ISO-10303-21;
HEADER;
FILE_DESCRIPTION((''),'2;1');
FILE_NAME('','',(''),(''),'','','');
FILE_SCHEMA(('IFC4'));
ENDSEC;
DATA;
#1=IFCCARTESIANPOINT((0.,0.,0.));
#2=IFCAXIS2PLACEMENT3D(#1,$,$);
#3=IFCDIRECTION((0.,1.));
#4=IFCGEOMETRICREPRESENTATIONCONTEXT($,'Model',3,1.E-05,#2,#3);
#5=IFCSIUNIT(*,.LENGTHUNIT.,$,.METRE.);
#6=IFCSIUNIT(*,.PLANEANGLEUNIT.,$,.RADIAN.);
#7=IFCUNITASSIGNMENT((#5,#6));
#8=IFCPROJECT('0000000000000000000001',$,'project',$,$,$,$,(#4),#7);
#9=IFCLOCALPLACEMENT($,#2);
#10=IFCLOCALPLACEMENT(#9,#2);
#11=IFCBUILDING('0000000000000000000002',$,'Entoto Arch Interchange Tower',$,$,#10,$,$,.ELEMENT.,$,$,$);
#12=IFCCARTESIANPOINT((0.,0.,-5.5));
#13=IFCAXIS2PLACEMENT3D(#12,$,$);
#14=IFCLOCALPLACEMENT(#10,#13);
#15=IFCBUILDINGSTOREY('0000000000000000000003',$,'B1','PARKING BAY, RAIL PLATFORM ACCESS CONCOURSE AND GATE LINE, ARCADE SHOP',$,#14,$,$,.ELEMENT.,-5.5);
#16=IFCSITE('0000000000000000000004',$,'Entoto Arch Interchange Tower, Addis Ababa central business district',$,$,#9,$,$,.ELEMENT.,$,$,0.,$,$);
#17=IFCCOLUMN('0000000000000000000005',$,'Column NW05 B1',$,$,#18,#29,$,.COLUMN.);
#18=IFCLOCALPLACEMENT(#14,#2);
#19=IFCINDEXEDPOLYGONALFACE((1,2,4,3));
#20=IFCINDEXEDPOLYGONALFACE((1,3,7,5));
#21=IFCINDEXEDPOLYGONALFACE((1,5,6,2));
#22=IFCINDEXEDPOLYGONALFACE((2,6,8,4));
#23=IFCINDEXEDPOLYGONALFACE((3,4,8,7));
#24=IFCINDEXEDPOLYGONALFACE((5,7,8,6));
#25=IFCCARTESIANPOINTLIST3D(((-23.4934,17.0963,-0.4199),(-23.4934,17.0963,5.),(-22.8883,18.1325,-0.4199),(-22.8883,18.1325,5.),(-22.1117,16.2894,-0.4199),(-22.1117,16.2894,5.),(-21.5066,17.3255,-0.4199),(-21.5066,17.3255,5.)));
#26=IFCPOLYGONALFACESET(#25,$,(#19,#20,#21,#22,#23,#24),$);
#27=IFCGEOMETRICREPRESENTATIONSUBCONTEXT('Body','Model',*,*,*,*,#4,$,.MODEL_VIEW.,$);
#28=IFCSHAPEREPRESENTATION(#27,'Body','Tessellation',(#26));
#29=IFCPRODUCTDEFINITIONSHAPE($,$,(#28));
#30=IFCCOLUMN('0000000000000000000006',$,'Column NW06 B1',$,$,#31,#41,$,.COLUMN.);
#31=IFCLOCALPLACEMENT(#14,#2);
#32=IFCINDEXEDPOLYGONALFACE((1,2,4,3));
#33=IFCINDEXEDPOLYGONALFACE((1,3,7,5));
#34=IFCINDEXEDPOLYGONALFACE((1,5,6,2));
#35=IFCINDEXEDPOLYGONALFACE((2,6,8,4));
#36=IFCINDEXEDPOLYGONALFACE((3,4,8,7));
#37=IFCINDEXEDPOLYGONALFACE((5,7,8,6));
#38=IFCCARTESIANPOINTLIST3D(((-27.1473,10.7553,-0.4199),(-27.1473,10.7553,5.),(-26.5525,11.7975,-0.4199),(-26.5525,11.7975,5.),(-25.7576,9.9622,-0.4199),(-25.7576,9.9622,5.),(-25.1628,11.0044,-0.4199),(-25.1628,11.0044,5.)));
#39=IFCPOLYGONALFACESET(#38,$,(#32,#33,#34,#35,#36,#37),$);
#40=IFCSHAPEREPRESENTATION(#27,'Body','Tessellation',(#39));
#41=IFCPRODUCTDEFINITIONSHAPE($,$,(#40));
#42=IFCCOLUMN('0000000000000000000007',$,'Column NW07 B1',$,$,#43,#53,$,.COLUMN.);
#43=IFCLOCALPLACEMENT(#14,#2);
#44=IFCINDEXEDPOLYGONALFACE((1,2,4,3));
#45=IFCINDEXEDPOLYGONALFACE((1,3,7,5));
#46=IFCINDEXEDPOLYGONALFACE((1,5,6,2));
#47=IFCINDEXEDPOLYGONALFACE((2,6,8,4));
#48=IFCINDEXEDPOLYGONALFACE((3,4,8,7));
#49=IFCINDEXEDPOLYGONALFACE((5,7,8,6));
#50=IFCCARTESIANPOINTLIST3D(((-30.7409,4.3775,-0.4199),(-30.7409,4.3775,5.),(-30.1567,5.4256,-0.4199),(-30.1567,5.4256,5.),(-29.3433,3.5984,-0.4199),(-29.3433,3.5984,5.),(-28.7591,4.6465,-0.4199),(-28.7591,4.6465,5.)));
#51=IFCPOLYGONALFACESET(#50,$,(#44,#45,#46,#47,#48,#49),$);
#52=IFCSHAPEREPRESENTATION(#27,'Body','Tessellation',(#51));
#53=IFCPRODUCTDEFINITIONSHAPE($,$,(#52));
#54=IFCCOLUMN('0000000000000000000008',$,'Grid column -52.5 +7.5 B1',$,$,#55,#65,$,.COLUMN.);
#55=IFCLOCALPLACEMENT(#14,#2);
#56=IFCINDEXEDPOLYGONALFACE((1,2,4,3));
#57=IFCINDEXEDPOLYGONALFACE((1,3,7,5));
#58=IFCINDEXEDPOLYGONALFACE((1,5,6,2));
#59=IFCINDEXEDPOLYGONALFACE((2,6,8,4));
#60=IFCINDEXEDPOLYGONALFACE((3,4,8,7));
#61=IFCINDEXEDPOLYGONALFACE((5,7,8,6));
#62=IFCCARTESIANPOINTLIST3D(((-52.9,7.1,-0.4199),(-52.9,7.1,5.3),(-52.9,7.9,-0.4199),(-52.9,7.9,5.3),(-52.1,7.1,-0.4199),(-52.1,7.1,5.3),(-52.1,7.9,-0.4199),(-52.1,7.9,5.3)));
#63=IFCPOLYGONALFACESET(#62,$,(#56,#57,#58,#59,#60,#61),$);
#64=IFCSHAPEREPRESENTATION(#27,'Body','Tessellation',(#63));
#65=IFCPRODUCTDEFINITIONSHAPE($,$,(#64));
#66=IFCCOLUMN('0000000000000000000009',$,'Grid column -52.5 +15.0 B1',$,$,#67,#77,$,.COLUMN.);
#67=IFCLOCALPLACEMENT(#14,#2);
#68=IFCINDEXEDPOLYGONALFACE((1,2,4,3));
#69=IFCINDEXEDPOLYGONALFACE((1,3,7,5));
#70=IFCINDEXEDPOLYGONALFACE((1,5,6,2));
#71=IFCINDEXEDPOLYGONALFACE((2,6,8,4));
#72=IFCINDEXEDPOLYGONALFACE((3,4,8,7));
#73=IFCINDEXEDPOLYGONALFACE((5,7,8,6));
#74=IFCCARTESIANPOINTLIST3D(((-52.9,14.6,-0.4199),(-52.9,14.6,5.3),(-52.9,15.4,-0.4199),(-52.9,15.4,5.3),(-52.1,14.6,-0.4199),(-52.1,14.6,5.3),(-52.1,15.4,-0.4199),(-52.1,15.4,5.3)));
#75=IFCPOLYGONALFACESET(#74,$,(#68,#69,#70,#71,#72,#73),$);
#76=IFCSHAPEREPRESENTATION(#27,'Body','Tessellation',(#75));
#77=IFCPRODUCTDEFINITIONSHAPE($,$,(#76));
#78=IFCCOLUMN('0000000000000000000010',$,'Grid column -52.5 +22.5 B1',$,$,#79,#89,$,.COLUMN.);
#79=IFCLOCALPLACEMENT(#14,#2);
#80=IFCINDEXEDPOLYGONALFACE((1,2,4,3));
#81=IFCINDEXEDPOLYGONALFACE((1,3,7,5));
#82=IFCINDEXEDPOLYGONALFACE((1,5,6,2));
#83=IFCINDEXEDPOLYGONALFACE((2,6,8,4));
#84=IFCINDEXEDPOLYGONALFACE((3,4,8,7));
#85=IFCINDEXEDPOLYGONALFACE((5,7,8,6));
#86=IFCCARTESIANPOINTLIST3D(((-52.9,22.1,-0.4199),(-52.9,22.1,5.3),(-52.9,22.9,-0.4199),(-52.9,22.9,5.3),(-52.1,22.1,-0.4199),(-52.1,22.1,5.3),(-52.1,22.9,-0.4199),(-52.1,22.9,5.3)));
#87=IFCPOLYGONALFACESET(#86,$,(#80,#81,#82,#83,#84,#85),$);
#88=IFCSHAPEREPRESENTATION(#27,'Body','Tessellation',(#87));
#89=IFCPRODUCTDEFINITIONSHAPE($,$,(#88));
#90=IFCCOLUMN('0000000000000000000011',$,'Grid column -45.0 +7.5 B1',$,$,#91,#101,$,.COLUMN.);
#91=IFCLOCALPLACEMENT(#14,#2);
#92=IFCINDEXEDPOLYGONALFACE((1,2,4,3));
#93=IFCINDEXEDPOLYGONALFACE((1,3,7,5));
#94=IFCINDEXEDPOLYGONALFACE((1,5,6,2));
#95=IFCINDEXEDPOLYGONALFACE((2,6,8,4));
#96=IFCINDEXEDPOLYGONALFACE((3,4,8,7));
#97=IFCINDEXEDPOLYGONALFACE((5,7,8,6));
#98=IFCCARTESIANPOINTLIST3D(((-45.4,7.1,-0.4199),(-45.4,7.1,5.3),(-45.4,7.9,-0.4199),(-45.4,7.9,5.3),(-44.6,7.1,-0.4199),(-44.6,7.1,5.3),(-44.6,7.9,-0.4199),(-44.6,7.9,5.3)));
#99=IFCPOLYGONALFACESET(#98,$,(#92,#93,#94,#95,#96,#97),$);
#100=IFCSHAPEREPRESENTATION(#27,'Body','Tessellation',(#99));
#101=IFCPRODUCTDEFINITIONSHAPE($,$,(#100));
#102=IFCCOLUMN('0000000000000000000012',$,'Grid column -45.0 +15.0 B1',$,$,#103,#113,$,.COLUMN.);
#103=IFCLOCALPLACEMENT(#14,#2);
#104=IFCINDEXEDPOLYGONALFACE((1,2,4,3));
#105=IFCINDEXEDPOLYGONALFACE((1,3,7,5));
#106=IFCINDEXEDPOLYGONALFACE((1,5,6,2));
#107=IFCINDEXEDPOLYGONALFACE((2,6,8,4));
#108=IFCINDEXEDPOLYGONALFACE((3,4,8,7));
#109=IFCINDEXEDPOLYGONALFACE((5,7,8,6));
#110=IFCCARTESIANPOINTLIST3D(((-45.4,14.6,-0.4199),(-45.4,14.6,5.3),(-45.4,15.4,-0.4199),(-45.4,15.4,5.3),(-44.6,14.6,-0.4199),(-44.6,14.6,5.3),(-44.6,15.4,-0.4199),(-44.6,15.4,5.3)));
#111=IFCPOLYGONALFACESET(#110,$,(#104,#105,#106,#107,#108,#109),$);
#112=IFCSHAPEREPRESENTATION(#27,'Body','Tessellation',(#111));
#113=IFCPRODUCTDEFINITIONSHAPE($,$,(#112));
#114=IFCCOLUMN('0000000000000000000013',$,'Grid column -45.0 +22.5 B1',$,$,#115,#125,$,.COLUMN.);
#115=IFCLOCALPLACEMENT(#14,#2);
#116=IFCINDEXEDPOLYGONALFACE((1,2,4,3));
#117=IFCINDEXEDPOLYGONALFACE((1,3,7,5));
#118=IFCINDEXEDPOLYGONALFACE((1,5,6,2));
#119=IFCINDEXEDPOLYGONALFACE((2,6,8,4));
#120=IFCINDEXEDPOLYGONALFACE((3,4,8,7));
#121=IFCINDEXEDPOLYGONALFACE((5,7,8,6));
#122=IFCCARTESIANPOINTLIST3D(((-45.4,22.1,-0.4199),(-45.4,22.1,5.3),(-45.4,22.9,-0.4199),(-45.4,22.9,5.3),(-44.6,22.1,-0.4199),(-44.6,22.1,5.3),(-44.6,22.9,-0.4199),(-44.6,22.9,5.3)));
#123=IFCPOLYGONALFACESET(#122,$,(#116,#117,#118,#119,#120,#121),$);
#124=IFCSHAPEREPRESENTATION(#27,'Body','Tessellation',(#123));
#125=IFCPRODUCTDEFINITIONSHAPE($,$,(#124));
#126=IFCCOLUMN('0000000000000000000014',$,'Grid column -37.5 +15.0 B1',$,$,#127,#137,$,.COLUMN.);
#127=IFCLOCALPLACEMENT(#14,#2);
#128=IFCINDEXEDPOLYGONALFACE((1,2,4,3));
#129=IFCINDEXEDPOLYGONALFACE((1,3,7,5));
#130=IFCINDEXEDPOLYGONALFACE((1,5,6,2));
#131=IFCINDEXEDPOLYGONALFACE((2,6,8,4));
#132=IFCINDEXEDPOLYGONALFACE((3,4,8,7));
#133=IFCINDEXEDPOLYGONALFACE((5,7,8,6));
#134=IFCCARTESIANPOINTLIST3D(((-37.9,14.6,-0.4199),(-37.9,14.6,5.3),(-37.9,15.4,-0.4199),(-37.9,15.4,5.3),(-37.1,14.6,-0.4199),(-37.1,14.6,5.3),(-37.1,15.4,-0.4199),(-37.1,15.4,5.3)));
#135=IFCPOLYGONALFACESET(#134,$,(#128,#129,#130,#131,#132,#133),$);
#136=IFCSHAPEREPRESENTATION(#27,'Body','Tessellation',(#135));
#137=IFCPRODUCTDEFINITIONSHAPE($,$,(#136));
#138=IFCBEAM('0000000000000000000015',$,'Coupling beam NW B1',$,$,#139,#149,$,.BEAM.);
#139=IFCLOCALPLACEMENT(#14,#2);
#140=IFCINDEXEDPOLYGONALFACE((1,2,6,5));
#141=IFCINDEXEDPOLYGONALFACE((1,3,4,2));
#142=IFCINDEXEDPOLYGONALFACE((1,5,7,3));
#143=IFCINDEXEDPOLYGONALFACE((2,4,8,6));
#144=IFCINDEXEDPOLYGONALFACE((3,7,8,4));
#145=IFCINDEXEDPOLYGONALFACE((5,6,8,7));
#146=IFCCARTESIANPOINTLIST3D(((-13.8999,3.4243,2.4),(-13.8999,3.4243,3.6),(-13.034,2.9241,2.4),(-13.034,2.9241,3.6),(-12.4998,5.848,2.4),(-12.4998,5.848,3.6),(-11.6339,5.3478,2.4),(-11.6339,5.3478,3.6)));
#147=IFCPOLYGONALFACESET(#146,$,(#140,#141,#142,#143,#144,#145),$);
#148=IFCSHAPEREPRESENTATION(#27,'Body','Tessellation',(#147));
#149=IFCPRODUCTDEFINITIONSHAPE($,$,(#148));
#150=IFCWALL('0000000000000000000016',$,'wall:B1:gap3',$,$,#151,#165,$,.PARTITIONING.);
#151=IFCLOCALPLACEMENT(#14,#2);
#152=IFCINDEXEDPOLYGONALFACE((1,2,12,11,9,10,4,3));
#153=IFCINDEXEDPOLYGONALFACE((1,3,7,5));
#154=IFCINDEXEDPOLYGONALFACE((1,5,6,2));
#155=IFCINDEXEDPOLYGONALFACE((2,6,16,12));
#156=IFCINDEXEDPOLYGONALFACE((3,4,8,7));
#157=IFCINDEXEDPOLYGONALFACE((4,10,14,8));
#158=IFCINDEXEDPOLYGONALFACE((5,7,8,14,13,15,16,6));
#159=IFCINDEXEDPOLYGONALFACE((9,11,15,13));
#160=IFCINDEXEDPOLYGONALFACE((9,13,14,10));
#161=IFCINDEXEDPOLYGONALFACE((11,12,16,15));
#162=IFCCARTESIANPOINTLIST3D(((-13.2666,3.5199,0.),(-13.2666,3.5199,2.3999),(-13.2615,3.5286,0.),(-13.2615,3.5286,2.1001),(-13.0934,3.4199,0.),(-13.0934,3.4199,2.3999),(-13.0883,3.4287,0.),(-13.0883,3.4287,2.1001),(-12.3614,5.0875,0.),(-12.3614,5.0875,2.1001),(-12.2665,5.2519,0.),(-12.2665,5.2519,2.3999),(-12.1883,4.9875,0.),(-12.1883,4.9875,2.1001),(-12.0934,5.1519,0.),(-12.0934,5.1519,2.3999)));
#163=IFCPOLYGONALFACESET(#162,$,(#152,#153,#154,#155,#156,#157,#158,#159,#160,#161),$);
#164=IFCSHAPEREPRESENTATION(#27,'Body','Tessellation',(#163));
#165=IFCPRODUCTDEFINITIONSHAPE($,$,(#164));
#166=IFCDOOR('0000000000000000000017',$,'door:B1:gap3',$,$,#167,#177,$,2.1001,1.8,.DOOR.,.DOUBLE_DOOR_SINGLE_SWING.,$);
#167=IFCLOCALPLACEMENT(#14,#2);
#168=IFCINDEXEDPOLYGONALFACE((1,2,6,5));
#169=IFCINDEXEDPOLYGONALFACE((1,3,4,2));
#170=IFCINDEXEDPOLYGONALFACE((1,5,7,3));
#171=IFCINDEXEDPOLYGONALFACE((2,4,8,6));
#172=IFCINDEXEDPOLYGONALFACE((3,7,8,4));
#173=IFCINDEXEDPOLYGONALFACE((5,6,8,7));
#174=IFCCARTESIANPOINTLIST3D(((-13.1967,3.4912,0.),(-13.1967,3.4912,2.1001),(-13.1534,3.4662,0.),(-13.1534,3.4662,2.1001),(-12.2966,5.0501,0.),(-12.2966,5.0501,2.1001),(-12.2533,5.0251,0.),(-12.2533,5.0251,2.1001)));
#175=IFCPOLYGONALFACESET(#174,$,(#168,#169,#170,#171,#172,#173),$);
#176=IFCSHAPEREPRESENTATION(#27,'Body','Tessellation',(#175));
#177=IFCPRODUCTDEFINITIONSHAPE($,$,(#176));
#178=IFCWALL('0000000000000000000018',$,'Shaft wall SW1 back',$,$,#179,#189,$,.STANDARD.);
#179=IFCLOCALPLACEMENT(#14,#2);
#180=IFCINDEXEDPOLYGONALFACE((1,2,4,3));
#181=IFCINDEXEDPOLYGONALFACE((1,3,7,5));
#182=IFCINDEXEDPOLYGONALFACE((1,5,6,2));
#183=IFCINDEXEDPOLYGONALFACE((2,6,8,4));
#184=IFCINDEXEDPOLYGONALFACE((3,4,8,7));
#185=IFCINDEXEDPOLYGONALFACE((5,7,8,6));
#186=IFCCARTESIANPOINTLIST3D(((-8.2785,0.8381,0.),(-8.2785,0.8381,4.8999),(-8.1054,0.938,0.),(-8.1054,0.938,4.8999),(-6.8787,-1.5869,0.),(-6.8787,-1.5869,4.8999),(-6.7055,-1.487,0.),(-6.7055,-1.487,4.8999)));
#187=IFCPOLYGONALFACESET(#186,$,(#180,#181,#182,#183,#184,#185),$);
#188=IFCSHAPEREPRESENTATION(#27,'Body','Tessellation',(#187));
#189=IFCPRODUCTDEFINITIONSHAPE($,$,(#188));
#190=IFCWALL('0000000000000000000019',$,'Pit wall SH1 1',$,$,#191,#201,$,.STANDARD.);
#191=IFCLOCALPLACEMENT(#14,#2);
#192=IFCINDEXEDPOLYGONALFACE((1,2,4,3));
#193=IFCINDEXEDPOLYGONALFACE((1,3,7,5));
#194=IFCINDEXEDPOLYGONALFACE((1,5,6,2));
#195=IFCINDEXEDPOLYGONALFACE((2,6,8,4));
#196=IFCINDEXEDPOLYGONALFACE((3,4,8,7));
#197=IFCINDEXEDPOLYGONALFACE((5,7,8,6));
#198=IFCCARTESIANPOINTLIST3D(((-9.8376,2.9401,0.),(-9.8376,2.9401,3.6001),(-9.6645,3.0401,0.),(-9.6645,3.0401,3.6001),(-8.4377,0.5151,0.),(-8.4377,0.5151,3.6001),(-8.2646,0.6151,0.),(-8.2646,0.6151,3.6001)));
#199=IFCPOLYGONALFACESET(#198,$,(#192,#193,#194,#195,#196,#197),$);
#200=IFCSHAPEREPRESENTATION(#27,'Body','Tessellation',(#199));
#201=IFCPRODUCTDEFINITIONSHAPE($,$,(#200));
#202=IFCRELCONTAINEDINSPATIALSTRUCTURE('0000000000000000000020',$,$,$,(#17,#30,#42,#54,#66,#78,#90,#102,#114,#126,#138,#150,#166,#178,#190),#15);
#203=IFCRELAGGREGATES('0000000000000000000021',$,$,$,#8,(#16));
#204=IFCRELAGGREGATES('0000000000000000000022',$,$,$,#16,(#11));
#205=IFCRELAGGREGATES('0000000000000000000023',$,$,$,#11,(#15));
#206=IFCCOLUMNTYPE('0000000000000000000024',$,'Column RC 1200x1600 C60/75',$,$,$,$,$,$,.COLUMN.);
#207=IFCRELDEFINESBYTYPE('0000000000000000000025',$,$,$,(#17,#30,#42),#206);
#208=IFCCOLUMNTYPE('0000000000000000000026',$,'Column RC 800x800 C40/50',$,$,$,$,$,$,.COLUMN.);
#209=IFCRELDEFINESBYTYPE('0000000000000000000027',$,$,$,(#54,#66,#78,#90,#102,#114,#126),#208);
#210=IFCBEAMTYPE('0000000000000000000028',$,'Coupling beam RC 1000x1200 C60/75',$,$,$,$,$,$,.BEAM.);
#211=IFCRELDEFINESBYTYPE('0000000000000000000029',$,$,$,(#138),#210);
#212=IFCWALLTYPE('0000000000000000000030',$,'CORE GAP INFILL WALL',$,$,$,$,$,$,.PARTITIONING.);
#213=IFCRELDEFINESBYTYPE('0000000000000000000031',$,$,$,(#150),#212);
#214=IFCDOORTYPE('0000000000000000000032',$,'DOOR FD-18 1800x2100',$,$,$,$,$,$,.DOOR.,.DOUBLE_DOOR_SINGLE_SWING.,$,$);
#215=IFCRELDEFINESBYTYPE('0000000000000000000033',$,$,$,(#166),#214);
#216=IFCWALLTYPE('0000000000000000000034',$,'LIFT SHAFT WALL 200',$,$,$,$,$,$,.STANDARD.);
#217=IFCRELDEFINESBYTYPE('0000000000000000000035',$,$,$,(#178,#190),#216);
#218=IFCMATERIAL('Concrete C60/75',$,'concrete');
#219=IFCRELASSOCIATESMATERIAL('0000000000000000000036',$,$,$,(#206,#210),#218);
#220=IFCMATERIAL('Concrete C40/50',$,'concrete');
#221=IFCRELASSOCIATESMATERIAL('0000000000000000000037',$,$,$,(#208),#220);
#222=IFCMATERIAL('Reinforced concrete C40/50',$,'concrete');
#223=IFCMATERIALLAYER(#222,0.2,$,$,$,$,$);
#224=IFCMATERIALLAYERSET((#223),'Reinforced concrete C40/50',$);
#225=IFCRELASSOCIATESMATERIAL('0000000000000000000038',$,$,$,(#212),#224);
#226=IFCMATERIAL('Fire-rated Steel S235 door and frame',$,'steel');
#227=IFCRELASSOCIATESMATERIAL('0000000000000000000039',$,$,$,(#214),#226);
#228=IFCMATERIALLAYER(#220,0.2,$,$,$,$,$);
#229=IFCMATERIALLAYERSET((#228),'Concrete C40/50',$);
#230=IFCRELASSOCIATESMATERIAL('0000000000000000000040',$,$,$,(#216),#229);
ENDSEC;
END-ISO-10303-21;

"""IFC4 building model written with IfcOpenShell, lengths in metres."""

from ifc_helpers import new_model, si_unit, direction, frame, frame_2d, origin, origin_2d, place, context, subcontext, project, spatial, rectangle, extrude, material, layer, layer_set, material_profile, profile_set, type_object, element, fill, save


model = new_model("IFC4")

# Units and contexts
model_context = context("Model", 3, precision=1e-05, world=origin(), true_north=direction((0.0, 1.0)))
body_context = subcontext(model_context, "Body", "Model", "MODEL_VIEW")
ifc_project = project(units=[si_unit("LENGTHUNIT", "METRE"), si_unit("PLANEANGLEUNIT", "RADIAN")], contexts=[model_context])

# Site, building, storey
site_placement = place(None, origin())
site = spatial("IfcSite", under=ifc_project, at=site_placement, Name="Entoto Arch Interchange Tower, Addis Ababa central business district", CompositionType="ELEMENT", RefElevation=0.0)
building_placement = place(site_placement, origin())
building = spatial("IfcBuilding", under=site, at=building_placement, Name="Entoto Arch Interchange Tower", CompositionType="ELEMENT")
storey_placement = place(building_placement, frame((0.0, 0.0, -5.5)))
storey = spatial("IfcBuildingStorey", under=building, at=storey_placement, Name="B1", Description="PARKING BAY, RAIL PLATFORM ACCESS CONCOURSE AND GATE LINE, ARCADE SHOP", CompositionType="ELEMENT", Elevation=-5.5)

# Columns
ifc_material_1 = material(Name="Concrete C60/75", Category="concrete")
ifc_material_profile_1 = material_profile(ifc_material_1, rectangle(XDim=1.2, YDim=1.6001, at=origin_2d()))
ifc_profile_set_1 = profile_set([ifc_material_profile_1], Name="Concrete C60/75")
column_type_1 = type_object("IfcColumnType", Name="Column RC 1200x1600 C60/75", PredefinedType="COLUMN", material=ifc_profile_set_1)
for number, where, z_axis, x_axis, name in (
    (1, (-22.5, 17.2109, -0.4199), (0.0, 0.0, 1.0), (0.504332, 0.86351, 0.0), "Column NW05 B1"),
    (2, (-26.155, 10.8799, -0.4199), (0.0, 0.0, 1.0), (0.495656, 0.868519, 0.0), "Column NW06 B1"),
    (3, (-29.75, 4.512, -0.4199), (0.0, 0.0, 1.0), (0.486915, 0.873449, 0.0), "Column NW07 B1"),
):
    element("IfcColumn", number, at=place(storey_placement, frame(where, z_axis=z_axis, x_axis=x_axis)), inside=storey, type_object=column_type_1, Name=name, PredefinedType="COLUMN", context=body_context, shape_type="SweptSolid", body=[
        extrude(rectangle(XDim=1.2, YDim=1.6001, at=origin_2d()), origin(), (0.0, 0.0, 1.0), 5.4199),
    ])
ifc_material_2 = material(Name="Concrete C40/50", Category="concrete")
ifc_material_profile_2 = material_profile(ifc_material_2, rectangle(XDim=0.8, YDim=0.8, at=origin_2d()))
ifc_profile_set_2 = profile_set([ifc_material_profile_2], Name="Concrete C40/50")
column_type_2 = type_object("IfcColumnType", Name="Column RC 800x800 C40/50", PredefinedType="COLUMN", material=ifc_profile_set_2)
for number, where, z_axis, x_axis, name in (
    (4, (-52.5, 7.5, -0.4199), (0.0, 0.0, 1.0), (1.0, 0.0, 0.0), "Grid column -52.5 +7.5 B1"),
    (5, (-52.5, 15.0, -0.4199), (0.0, 0.0, 1.0), (1.0, 0.0, 0.0), "Grid column -52.5 +15.0 B1"),
    (6, (-52.5, 22.5, -0.4199), (0.0, 0.0, 1.0), (1.0, 0.0, 0.0), "Grid column -52.5 +22.5 B1"),
    (7, (-45.0, 7.5, -0.4199), (0.0, 0.0, 1.0), (1.0, 0.0, 0.0), "Grid column -45.0 +7.5 B1"),
    (8, (-45.0, 15.0, -0.4199), (0.0, 0.0, 1.0), (1.0, 0.0, 0.0), "Grid column -45.0 +15.0 B1"),
    (9, (-45.0, 22.5, -0.4199), (0.0, 0.0, 1.0), (1.0, 0.0, 0.0), "Grid column -45.0 +22.5 B1"),
    (10, (-37.5, 15.0, -0.4199), (0.0, 0.0, 1.0), (1.0, 0.0, 0.0), "Grid column -37.5 +15.0 B1"),
):
    element("IfcColumn", number, at=place(storey_placement, frame(where, z_axis=z_axis, x_axis=x_axis)), inside=storey, type_object=column_type_2, Name=name, PredefinedType="COLUMN", context=body_context, shape_type="SweptSolid", body=[
        extrude(rectangle(XDim=0.8, YDim=0.8, at=origin_2d()), origin(), (0.0, 0.0, 1.0), 5.72),
    ])

# Beam
ifc_material_profile_3 = material_profile(ifc_material_1, rectangle(XDim=1.0, YDim=1.2, at=origin_2d()))
ifc_profile_set_3 = profile_set([ifc_material_profile_3], Name="Concrete C60/75")
beam_type = type_object("IfcBeamType", Name="Coupling beam RC 1000x1200 C60/75", PredefinedType="BEAM", material=ifc_profile_set_3)
beam_placement = place(storey_placement, frame((-12.0669, 5.5979, 3.0), z_axis=(-0.500201, -0.86591, 0.0), x_axis=(0.86591, -0.500201, 0.0)))
element("IfcBeam", 11, at=beam_placement, inside=storey, type_object=beam_type, Name="Coupling beam NW B1", PredefinedType="BEAM", context=body_context, shape_type="SweptSolid", body=[
    extrude(rectangle(XDim=1.0, YDim=1.2, at=origin_2d()), origin(), (0.0, 0.0, 1.0), 2.7991),
])

# Wall, opening, door
ifc_material_3 = material(Name="Reinforced concrete C40/50", Category="concrete")
ifc_layer_1 = layer(ifc_material_3, 0.2)
ifc_layer_set_1 = layer_set([ifc_layer_1], Name="Reinforced concrete C40/50")
wall_type_1 = type_object("IfcWallType", Name="CORE GAP INFILL WALL", PredefinedType="PARTITIONING", material=ifc_layer_set_1)
wall_1_placement = place(storey_placement, frame((-12.1799, 5.2019, 0.0), z_axis=(0.0, 0.0, 1.0), x_axis=(-0.500025, -0.866011, 0.0)))
wall_1 = element("IfcWall", 12, at=wall_1_placement, inside=storey, type_object=wall_type_1, Name="wall:B1:gap3", PredefinedType="PARTITIONING", context=body_context, shape_type="SweptSolid", body=[
    extrude(rectangle(XDim=2.0, YDim=0.2, at=frame_2d((1.0, 0.0))), origin(), (0.0, 0.0, 1.0), 2.3999),
])
opening_1_placement = place(wall_1_placement, frame((0.1899, 0.0, 0.0)))
opening_1 = element("IfcOpeningElement", 13, at=opening_1_placement, cuts=wall_1, PredefinedType="OPENING", context=body_context, shape_type="SweptSolid", body=[
    extrude(rectangle(XDim=1.8, YDim=2.1001, at=frame_2d((0.8999, 1.05))), frame((0.0, 0.1099, 0.0), z_axis=(0.0, -1.0, 0.0), x_axis=(1.0, 0.0, 0.0)), (0.0, 0.0, 1.0), 0.22),
])
ifc_material_4 = material(Name="Fire-rated Steel S235 door and frame", Category="steel")
door_type_1 = type_object("IfcDoorType", Name="DOOR FD-18 1800x2100", OperationType="DOUBLE_DOOR_SINGLE_SWING", PredefinedType="DOOR", material=ifc_material_4)
door_1_placement = place(opening_1_placement, origin())
door_1 = element("IfcDoor", 14, at=door_1_placement, inside=storey, type_object=door_type_1, Name="door:B1:gap3", OperationType="DOUBLE_DOOR_SINGLE_SWING", OverallHeight=2.1001, OverallWidth=1.8, PredefinedType="DOOR", context=body_context, shape_type="SweptSolid", body=[
    extrude(rectangle(XDim=1.8, YDim=2.1001, at=frame_2d((0.8999, 1.05))), frame((0.0, 0.0249, 0.0), z_axis=(0.0, -1.0, 0.0), x_axis=(1.0, 0.0, 0.0)), (0.0, 0.0, 1.0), 0.05),
])
fill(opening_1, door_1)

# Walls
ifc_layer_2 = layer(ifc_material_2, 0.2)
ifc_layer_set_2 = layer_set([ifc_layer_2], Name="Concrete C40/50")
wall_type_2 = type_object("IfcWallType", Name="LIFT SHAFT WALL 200", PredefinedType="STANDARD", material=ifc_layer_set_2)
wall_2_placement = place(storey_placement, frame((-8.1919, 0.8879, 0.0), z_axis=(0.0, 0.0, 1.0), x_axis=(0.499946, -0.866056, 0.0)))
element("IfcWall", 15, at=wall_2_placement, inside=storey, type_object=wall_type_2, Name="Shaft wall SW1 back", PredefinedType="STANDARD", context=body_context, shape_type="SweptSolid", body=[
    extrude(rectangle(XDim=2.8, YDim=0.2, at=frame_2d((1.3999, 0.0))), origin(), (0.0, 0.0, 1.0), 4.8999),
])
for number, where, z_axis, x_axis, name in (
    (16, (-9.751, 2.99, 0.0), (0.0, 0.0, 1.0), (0.499946, -0.866056, 0.0), "Pit wall SH1 1"),
):
    element("IfcWall", number, at=place(storey_placement, frame(where, z_axis=z_axis, x_axis=x_axis)), inside=storey, type_object=wall_type_2, Name=name, PredefinedType="STANDARD", context=body_context, shape_type="SweptSolid", body=[
        extrude(rectangle(XDim=2.8, YDim=0.2, at=frame_2d((1.3999, 0.0))), origin(), (0.0, 0.0, 1.0), 3.6001),
    ])

save(model, "model.ifc")
